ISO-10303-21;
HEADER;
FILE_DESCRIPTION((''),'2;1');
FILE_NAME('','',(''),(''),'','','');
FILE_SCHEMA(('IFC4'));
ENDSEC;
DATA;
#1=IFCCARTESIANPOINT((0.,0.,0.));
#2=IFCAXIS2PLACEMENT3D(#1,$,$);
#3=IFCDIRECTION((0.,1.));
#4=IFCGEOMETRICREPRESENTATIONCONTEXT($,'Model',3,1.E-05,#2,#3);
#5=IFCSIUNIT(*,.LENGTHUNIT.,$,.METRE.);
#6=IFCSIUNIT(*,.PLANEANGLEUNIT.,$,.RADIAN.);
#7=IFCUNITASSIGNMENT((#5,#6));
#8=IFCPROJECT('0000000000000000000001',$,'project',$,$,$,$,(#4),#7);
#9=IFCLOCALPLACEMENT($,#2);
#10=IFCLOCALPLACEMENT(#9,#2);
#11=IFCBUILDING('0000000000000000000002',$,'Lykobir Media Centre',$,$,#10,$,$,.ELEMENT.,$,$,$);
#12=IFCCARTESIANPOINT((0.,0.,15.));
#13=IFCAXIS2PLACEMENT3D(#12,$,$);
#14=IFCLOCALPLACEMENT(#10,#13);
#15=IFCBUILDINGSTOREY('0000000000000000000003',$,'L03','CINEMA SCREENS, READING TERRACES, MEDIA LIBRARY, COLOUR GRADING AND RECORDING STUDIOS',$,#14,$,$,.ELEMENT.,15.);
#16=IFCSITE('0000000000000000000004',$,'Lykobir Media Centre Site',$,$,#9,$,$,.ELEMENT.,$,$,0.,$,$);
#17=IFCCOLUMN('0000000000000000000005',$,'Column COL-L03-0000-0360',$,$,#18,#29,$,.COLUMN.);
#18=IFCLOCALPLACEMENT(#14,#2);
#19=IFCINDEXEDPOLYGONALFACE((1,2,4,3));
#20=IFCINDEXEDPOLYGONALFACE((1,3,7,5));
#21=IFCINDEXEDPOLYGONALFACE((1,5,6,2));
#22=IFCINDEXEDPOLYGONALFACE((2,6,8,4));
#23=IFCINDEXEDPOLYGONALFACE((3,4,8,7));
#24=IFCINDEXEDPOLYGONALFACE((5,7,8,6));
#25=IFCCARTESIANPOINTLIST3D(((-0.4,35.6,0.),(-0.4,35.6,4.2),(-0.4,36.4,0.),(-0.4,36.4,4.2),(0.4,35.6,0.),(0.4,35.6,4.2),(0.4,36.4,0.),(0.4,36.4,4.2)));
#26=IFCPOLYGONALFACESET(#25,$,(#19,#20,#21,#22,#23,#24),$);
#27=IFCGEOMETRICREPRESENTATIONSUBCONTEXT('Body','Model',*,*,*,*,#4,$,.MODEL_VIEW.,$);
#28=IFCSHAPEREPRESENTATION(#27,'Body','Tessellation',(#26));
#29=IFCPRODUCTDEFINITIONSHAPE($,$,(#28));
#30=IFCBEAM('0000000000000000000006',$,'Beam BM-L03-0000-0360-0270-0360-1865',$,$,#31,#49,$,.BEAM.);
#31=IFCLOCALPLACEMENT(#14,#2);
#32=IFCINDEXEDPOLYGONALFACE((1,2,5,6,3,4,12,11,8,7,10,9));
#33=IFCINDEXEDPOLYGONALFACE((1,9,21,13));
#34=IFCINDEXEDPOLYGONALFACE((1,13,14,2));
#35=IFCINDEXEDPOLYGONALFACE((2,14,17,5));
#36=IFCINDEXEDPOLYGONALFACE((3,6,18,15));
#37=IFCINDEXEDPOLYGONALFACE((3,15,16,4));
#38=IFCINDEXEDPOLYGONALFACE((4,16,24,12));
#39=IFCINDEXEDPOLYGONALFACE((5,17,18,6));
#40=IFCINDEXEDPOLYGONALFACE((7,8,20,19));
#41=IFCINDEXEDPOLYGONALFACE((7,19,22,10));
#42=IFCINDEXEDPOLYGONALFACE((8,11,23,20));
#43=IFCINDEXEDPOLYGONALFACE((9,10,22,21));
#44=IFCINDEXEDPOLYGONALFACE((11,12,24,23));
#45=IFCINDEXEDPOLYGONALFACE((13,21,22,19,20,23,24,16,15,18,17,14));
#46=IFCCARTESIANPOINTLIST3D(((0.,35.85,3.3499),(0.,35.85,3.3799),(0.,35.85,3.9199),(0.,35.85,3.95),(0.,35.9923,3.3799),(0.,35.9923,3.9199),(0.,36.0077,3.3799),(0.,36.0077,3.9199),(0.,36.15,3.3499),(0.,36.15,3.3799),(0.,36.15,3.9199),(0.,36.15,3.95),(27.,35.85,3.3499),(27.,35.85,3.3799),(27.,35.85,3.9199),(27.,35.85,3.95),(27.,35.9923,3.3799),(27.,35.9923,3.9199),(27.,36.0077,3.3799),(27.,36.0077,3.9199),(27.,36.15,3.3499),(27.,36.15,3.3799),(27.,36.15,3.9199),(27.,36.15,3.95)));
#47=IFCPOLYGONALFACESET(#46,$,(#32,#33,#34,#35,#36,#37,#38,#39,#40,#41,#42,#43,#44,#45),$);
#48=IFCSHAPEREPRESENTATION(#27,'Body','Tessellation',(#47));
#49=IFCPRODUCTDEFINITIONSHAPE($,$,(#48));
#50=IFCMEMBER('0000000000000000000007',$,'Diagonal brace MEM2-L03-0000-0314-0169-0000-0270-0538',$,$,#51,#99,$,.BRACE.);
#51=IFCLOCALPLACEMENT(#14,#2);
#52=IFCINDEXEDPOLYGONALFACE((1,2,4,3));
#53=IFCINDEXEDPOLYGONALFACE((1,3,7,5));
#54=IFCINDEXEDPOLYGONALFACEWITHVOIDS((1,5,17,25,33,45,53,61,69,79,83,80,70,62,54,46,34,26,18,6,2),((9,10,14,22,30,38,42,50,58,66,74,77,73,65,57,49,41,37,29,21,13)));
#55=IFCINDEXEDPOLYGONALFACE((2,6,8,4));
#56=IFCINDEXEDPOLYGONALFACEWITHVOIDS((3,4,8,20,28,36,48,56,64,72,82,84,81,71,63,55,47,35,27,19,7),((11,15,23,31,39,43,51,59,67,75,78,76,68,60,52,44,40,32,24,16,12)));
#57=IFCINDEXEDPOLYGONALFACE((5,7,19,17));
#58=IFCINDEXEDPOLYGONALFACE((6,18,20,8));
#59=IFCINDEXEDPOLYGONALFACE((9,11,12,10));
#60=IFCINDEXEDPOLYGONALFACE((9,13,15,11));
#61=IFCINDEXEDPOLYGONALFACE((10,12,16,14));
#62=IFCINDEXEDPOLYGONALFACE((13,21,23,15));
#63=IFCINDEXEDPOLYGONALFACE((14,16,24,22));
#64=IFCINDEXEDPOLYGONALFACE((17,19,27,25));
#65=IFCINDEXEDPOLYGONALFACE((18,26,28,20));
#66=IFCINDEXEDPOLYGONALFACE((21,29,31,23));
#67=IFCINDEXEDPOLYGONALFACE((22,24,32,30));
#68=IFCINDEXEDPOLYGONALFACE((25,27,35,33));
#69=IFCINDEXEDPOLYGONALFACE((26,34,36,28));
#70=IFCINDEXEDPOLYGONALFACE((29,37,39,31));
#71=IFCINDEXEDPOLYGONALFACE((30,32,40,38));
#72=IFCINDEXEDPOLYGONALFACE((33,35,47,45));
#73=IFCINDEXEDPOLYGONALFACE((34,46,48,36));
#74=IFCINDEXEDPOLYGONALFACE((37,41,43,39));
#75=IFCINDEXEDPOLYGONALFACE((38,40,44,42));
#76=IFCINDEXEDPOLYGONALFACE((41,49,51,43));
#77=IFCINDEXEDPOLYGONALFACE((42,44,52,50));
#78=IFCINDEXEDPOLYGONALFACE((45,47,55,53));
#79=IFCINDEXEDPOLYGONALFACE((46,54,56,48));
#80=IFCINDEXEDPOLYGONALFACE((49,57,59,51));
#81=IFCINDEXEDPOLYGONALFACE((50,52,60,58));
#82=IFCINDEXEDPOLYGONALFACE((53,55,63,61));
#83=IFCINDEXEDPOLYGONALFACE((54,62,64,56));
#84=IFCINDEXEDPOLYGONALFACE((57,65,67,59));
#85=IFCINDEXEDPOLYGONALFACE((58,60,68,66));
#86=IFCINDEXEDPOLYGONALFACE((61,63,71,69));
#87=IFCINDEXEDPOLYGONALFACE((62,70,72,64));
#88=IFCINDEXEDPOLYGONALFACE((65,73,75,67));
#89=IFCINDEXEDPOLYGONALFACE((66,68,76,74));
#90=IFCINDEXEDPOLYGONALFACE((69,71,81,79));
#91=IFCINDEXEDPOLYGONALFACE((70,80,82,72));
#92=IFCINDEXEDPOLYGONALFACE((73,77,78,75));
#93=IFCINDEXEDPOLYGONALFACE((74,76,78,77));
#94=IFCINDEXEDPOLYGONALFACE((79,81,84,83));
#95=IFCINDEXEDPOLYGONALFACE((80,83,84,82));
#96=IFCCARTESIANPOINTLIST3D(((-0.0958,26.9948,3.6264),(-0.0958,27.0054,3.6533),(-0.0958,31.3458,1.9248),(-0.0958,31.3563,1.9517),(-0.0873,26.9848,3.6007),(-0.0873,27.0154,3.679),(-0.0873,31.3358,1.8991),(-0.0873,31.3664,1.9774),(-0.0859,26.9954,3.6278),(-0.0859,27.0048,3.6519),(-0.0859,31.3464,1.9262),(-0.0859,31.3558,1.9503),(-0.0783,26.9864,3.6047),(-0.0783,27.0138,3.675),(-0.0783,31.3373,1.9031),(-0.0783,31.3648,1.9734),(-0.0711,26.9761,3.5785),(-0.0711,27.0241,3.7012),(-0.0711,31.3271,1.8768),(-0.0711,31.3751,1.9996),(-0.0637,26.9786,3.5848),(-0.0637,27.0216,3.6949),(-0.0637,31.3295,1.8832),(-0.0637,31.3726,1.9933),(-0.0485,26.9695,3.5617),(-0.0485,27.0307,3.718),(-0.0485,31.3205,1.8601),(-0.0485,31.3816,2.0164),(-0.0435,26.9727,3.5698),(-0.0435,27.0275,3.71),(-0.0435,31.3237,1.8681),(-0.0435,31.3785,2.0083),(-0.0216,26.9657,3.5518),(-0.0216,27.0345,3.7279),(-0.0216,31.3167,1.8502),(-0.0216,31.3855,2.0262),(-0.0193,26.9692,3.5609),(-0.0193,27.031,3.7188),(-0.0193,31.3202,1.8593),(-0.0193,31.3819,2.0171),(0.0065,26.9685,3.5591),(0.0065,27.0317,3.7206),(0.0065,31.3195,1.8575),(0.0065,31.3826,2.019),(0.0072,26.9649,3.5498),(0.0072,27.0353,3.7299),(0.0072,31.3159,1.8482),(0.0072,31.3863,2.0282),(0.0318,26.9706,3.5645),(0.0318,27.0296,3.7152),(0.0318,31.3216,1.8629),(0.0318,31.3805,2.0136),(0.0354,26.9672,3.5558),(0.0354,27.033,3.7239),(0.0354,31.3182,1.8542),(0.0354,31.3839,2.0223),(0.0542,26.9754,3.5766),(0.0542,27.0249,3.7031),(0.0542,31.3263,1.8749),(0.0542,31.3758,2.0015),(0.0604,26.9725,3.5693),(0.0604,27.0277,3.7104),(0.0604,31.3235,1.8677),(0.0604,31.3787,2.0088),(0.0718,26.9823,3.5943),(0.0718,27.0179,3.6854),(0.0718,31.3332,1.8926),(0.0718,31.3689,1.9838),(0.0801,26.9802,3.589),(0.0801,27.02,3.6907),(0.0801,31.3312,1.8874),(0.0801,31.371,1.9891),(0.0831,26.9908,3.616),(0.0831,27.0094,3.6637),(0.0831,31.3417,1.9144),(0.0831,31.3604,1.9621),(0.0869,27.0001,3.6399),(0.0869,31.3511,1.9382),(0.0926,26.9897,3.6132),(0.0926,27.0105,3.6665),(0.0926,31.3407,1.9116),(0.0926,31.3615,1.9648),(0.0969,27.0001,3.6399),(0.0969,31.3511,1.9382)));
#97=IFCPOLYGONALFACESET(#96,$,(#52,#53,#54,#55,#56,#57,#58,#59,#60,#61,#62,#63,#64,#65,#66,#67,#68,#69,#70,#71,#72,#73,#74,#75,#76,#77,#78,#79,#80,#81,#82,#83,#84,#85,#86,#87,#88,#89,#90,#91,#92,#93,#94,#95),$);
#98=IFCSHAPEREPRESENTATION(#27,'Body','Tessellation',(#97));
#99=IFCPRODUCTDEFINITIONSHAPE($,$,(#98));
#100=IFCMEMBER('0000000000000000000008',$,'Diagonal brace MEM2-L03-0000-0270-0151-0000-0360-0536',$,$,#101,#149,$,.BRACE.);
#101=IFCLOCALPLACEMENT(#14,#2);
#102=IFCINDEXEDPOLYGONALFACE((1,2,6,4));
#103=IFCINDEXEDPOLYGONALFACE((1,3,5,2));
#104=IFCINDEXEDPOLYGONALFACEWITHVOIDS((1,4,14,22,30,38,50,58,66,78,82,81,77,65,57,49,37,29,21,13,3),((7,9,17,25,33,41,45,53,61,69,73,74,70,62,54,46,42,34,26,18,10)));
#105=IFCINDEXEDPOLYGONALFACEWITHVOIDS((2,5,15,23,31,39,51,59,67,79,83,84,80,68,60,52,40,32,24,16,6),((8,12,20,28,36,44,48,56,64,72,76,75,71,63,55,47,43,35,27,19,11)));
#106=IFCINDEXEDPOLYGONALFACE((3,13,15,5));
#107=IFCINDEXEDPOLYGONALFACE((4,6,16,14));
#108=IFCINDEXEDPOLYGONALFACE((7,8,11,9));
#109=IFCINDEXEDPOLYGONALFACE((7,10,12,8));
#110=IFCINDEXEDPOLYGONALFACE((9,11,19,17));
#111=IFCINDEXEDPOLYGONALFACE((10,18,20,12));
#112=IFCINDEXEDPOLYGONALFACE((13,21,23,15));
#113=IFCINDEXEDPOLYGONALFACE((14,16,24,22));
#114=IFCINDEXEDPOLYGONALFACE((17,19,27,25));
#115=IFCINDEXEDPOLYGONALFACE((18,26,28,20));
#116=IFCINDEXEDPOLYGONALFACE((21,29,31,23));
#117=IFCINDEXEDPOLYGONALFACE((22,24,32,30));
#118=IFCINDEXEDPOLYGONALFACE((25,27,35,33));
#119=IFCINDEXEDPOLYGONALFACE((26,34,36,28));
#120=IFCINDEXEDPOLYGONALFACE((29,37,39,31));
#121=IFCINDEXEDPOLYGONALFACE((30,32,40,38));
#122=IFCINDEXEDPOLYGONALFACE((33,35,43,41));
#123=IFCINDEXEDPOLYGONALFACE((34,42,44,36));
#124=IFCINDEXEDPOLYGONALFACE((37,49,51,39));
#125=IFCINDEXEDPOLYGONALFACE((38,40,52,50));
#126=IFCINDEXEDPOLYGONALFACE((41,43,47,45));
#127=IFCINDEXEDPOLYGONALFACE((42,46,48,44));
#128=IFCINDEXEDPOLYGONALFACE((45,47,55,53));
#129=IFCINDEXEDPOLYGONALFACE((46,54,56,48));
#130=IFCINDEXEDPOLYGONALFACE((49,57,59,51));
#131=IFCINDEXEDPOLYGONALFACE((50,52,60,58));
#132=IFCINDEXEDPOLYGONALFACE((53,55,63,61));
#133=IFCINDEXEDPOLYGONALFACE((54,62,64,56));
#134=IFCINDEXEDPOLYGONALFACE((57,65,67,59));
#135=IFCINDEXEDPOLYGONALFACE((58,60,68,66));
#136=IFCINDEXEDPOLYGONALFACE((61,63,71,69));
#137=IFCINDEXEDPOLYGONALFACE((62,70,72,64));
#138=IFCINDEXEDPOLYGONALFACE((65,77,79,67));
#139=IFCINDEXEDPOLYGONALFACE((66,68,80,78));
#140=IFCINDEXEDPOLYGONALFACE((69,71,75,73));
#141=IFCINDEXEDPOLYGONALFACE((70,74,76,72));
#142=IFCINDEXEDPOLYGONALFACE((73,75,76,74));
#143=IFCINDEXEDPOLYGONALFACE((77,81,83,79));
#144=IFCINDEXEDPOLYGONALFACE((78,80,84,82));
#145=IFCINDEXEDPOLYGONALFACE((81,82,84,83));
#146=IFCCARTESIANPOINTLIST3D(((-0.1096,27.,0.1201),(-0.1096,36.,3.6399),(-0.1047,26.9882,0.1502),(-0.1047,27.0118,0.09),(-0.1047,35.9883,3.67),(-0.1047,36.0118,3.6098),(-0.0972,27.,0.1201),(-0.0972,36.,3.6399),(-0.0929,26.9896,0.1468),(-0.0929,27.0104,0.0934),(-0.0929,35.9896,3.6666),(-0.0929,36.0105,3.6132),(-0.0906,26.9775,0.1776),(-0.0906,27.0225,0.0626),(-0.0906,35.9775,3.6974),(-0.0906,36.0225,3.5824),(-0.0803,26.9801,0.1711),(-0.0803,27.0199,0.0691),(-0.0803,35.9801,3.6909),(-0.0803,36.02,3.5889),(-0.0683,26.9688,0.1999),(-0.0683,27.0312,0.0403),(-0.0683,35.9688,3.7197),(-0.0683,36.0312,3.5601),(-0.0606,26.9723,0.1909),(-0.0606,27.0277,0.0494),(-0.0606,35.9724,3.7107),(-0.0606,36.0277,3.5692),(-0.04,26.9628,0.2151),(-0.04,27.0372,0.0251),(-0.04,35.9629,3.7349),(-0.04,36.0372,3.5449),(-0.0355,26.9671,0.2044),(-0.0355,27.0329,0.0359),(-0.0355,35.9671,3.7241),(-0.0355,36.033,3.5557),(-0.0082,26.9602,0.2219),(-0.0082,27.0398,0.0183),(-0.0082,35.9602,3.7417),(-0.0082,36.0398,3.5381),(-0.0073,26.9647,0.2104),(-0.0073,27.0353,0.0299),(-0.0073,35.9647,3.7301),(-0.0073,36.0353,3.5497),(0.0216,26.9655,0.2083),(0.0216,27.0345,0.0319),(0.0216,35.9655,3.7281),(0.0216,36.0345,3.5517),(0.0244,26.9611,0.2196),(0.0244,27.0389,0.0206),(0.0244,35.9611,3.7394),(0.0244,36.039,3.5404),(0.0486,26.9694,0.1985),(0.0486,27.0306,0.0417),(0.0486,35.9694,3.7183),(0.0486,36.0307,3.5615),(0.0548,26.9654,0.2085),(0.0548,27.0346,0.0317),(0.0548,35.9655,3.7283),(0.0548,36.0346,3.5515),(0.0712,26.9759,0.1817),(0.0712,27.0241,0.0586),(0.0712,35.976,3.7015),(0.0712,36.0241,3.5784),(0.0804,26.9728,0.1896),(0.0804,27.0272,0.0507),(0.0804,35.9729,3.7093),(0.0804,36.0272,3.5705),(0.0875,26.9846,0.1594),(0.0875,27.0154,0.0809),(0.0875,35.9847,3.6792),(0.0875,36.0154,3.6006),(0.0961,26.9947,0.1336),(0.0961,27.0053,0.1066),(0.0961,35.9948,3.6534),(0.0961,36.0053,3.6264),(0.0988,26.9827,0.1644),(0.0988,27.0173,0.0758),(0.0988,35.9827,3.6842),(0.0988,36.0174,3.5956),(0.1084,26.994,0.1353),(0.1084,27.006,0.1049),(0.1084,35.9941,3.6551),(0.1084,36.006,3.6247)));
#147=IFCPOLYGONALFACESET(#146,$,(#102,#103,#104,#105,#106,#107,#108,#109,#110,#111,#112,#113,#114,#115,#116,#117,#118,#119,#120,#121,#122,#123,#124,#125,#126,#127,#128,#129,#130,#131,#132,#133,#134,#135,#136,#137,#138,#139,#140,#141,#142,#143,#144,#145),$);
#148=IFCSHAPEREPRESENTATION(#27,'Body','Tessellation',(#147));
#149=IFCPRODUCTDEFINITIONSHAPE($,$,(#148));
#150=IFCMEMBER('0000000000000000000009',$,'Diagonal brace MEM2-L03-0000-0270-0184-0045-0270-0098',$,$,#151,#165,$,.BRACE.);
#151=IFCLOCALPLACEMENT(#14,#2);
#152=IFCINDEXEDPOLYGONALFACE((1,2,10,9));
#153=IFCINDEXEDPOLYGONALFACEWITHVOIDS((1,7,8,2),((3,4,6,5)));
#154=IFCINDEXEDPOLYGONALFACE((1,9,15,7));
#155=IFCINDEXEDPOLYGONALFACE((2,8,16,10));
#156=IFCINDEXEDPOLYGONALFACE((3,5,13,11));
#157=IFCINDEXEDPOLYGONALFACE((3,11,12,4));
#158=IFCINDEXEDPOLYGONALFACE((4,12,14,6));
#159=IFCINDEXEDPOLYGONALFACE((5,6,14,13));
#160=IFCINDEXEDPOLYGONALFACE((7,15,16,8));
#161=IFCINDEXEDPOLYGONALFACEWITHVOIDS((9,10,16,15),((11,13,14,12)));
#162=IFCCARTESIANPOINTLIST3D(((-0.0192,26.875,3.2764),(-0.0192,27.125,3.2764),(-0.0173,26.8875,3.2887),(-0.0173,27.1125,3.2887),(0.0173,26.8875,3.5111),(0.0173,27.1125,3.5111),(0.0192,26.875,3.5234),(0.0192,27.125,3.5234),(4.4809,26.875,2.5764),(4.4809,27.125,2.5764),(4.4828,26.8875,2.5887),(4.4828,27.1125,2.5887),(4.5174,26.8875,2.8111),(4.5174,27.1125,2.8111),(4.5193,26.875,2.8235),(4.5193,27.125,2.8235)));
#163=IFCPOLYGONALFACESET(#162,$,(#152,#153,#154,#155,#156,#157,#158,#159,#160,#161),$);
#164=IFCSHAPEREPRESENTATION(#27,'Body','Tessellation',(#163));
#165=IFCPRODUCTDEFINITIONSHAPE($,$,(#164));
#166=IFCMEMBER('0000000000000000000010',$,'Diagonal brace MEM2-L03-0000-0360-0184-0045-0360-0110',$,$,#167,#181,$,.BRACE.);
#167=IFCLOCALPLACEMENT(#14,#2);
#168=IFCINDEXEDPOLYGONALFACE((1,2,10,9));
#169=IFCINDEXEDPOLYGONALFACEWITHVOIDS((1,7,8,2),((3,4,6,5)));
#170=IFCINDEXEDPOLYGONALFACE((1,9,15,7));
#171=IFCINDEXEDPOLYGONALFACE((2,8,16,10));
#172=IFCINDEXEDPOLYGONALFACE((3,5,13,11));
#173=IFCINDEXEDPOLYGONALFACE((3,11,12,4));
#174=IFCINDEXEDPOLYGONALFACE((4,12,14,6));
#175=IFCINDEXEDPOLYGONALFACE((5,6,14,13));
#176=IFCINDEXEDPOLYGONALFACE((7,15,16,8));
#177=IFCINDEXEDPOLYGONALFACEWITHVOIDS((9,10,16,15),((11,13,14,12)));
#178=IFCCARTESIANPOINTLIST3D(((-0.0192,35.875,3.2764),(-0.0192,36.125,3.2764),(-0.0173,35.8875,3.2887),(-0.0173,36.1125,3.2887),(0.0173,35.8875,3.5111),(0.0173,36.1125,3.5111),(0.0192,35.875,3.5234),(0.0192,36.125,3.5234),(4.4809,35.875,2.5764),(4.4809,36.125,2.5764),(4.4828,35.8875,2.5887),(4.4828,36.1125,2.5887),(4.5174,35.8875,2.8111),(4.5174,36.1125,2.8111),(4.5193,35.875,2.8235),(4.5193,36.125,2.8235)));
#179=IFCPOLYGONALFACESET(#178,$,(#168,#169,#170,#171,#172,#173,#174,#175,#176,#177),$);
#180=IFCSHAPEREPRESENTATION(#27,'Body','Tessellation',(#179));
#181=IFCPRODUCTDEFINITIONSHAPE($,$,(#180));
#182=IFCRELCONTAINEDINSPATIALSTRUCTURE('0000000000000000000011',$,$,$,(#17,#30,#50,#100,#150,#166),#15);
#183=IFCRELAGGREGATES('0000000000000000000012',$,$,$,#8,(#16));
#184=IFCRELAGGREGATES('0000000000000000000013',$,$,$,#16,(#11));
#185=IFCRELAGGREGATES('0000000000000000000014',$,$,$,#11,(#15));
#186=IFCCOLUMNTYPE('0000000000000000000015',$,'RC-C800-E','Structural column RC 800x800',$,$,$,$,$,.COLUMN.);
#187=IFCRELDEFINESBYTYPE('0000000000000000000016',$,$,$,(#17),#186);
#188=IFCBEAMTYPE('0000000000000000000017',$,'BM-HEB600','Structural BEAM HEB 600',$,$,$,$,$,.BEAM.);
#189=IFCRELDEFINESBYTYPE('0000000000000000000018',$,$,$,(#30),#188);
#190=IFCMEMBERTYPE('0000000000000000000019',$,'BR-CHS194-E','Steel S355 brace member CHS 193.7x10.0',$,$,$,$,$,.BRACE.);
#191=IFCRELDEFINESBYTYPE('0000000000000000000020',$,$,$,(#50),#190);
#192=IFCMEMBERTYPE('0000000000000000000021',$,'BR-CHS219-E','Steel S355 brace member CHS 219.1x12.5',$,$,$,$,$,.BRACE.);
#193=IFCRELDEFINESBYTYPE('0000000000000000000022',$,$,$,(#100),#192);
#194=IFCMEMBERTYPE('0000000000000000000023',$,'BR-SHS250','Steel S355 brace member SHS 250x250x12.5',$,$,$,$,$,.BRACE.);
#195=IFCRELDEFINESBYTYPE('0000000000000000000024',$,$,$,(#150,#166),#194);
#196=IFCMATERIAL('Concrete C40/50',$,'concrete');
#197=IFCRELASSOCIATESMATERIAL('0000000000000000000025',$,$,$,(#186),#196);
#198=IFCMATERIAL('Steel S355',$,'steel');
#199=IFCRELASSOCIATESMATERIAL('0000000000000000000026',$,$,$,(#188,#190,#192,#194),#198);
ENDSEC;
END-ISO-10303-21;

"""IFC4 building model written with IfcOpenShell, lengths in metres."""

from ifc_helpers import new_model, si_unit, direction, frame, origin, origin_2d, place, context, subcontext, project, spatial, rectangle, hollow_rectangle, hollow_circle, i_section, extrude, material, material_profile, profile_set, type_object, element, save


model = new_model("IFC4")

# Units and contexts
model_context = context("Model", 3, precision=1e-05, world=origin(), true_north=direction((0.0, 1.0)))
body_context = subcontext(model_context, "Body", "Model", "MODEL_VIEW")
ifc_project = project(units=[si_unit("LENGTHUNIT", "METRE"), si_unit("PLANEANGLEUNIT", "RADIAN")], contexts=[model_context])

# Site, building, storey
site_placement = place(None, origin())
site = spatial("IfcSite", under=ifc_project, at=site_placement, Name="Lykobir Media Centre Site", CompositionType="ELEMENT", RefElevation=0.0)
building_placement = place(site_placement, origin())
building = spatial("IfcBuilding", under=site, at=building_placement, Name="Lykobir Media Centre", CompositionType="ELEMENT")
storey_placement = place(building_placement, frame((0.0, 0.0, 15.0)))
storey = spatial("IfcBuildingStorey", under=building, at=storey_placement, Name="L03", Description="CINEMA SCREENS, READING TERRACES, MEDIA LIBRARY, COLOUR GRADING AND RECORDING STUDIOS", CompositionType="ELEMENT", Elevation=15.0)

# Column
ifc_material_1 = material(Name="Concrete C40/50", Category="concrete")
ifc_material_profile_1 = material_profile(ifc_material_1, rectangle(XDim=0.8, YDim=0.8, at=origin_2d()), Name="RC 800x800")
ifc_profile_set_1 = profile_set([ifc_material_profile_1], Name="Concrete C40/50")
column_type = type_object("IfcColumnType", Name="RC-C800-E", Description="Structural column RC 800x800", PredefinedType="COLUMN", material=ifc_profile_set_1)
column_placement = place(storey_placement, frame((0.0, 36.0, 0.0), z_axis=(0.0, 0.0, 1.0), x_axis=(1.0, 0.0, 0.0)))
element("IfcColumn", 1, at=column_placement, inside=storey, type_object=column_type, Name="Column COL-L03-0000-0360", PredefinedType="COLUMN", context=body_context, shape_type="SweptSolid", body=[
    extrude(rectangle(XDim=0.8, YDim=0.8, at=origin_2d()), origin(), (0.0, 0.0, 1.0), 4.2),
])

# Beam
ifc_material_2 = material(Name="Steel S355", Category="steel")
ifc_material_profile_2 = material_profile(ifc_material_2, i_section(OverallWidth=0.3, OverallDepth=0.6001, WebThickness=0.0154, FlangeThickness=0.03, at=origin_2d()), Name="HEB 600")
ifc_profile_set_2 = profile_set([ifc_material_profile_2], Name="Steel S355")
beam_type_1 = type_object("IfcBeamType", Name="BM-HEB600", Description="Structural BEAM HEB 600", PredefinedType="BEAM", material=ifc_profile_set_2)
beam_1_placement = place(storey_placement, frame((0.0, 36.0, 3.6499), z_axis=(1.0, 0.0, 0.0), x_axis=(0.0, 1.0, 0.0)))
element("IfcBeam", 2, at=beam_1_placement, inside=storey, type_object=beam_type_1, Name="Beam BM-L03-0000-0360-0270-0360-1865", PredefinedType="BEAM", context=body_context, shape_type="SweptSolid", body=[
    extrude(i_section(OverallWidth=0.3, OverallDepth=0.6001, WebThickness=0.0154, FlangeThickness=0.03, at=origin_2d()), origin(), (0.0, 0.0, 1.0), 27.0),
])

# Members
ifc_material_profile_3 = material_profile(ifc_material_2, hollow_circle(Radius=0.0969, WallThickness=0.01, at=origin_2d()), Name="CHS 193.7x10.0")
ifc_profile_set_3 = profile_set([ifc_material_profile_3], Name="Steel S355")
member_type_1 = type_object("IfcMemberType", Name="BR-CHS194-E", Description="Steel S355 brace member CHS 193.7x10.0", PredefinedType="BRACE", material=ifc_profile_set_3)
member_1_placement = place(storey_placement, frame((0.0, 31.3511, 1.9382), z_axis=(0.0, -0.931311, 0.364226), x_axis=(1.0, 0.0, 0.0)))
element("IfcMember", 3, at=member_1_placement, inside=storey, type_object=member_type_1, Name="Diagonal brace MEM2-L03-0000-0314-0169-0000-0270-0538", PredefinedType="BRACE", context=body_context, shape_type="SweptSolid", body=[
    extrude(hollow_circle(Radius=0.0969, WallThickness=0.01, at=origin_2d()), origin(), (0.0, 0.0, 1.0), 4.6719),
])
ifc_material_profile_4 = material_profile(ifc_material_2, hollow_circle(Radius=0.1096, WallThickness=0.0125, at=origin_2d()), Name="CHS 219.1x12.5")
ifc_profile_set_4 = profile_set([ifc_material_profile_4], Name="Steel S355")
member_type_2 = type_object("IfcMemberType", Name="BR-CHS219-E", Description="Steel S355 brace member CHS 219.1x12.5", PredefinedType="BRACE", material=ifc_profile_set_4)
member_2_placement = place(storey_placement, frame((0.0, 27.0, 0.1201), z_axis=(0.0, 0.931312, 0.364223), x_axis=(-1.0, 0.0, 0.0)))
element("IfcMember", 4, at=member_2_placement, inside=storey, type_object=member_type_2, Name="Diagonal brace MEM2-L03-0000-0270-0151-0000-0360-0536", PredefinedType="BRACE", context=body_context, shape_type="SweptSolid", body=[
    extrude(hollow_circle(Radius=0.1096, WallThickness=0.0125, at=origin_2d()), origin(), (0.0, 0.0, 1.0), 9.6638),
])
ifc_material_profile_5 = material_profile(ifc_material_2, hollow_rectangle(XDim=0.25, YDim=0.25, WallThickness=0.0125, at=origin_2d()), Name="SHS 250x250x12.5")
ifc_profile_set_5 = profile_set([ifc_material_profile_5], Name="Steel S355")
member_type_3 = type_object("IfcMemberType", Name="BR-SHS250", Description="Steel S355 brace member SHS 250x250x12.5", PredefinedType="BRACE", material=ifc_profile_set_5)
for number, where, z_axis, x_axis, name in (
    (5, (0.0, 27.0, 3.3999), (0.988118, 0.0, -0.153697), (0.0, 1.0, 0.0), "Diagonal brace MEM2-L03-0000-0270-0184-0045-0270-0098"),
    (6, (0.0, 36.0, 3.3999), (0.988118, 0.0, -0.153697), (0.0, 1.0, 0.0), "Diagonal brace MEM2-L03-0000-0360-0184-0045-0360-0110"),
):
    element("IfcMember", number, at=place(storey_placement, frame(where, z_axis=z_axis, x_axis=x_axis)), inside=storey, type_object=member_type_3, Name=name, PredefinedType="BRACE", context=body_context, shape_type="SweptSolid", body=[
        extrude(hollow_rectangle(XDim=0.25, YDim=0.25, WallThickness=0.0125, at=origin_2d()), origin(), (0.0, 0.0, 1.0), 4.5542),
    ])

save(model, "model.ifc")
